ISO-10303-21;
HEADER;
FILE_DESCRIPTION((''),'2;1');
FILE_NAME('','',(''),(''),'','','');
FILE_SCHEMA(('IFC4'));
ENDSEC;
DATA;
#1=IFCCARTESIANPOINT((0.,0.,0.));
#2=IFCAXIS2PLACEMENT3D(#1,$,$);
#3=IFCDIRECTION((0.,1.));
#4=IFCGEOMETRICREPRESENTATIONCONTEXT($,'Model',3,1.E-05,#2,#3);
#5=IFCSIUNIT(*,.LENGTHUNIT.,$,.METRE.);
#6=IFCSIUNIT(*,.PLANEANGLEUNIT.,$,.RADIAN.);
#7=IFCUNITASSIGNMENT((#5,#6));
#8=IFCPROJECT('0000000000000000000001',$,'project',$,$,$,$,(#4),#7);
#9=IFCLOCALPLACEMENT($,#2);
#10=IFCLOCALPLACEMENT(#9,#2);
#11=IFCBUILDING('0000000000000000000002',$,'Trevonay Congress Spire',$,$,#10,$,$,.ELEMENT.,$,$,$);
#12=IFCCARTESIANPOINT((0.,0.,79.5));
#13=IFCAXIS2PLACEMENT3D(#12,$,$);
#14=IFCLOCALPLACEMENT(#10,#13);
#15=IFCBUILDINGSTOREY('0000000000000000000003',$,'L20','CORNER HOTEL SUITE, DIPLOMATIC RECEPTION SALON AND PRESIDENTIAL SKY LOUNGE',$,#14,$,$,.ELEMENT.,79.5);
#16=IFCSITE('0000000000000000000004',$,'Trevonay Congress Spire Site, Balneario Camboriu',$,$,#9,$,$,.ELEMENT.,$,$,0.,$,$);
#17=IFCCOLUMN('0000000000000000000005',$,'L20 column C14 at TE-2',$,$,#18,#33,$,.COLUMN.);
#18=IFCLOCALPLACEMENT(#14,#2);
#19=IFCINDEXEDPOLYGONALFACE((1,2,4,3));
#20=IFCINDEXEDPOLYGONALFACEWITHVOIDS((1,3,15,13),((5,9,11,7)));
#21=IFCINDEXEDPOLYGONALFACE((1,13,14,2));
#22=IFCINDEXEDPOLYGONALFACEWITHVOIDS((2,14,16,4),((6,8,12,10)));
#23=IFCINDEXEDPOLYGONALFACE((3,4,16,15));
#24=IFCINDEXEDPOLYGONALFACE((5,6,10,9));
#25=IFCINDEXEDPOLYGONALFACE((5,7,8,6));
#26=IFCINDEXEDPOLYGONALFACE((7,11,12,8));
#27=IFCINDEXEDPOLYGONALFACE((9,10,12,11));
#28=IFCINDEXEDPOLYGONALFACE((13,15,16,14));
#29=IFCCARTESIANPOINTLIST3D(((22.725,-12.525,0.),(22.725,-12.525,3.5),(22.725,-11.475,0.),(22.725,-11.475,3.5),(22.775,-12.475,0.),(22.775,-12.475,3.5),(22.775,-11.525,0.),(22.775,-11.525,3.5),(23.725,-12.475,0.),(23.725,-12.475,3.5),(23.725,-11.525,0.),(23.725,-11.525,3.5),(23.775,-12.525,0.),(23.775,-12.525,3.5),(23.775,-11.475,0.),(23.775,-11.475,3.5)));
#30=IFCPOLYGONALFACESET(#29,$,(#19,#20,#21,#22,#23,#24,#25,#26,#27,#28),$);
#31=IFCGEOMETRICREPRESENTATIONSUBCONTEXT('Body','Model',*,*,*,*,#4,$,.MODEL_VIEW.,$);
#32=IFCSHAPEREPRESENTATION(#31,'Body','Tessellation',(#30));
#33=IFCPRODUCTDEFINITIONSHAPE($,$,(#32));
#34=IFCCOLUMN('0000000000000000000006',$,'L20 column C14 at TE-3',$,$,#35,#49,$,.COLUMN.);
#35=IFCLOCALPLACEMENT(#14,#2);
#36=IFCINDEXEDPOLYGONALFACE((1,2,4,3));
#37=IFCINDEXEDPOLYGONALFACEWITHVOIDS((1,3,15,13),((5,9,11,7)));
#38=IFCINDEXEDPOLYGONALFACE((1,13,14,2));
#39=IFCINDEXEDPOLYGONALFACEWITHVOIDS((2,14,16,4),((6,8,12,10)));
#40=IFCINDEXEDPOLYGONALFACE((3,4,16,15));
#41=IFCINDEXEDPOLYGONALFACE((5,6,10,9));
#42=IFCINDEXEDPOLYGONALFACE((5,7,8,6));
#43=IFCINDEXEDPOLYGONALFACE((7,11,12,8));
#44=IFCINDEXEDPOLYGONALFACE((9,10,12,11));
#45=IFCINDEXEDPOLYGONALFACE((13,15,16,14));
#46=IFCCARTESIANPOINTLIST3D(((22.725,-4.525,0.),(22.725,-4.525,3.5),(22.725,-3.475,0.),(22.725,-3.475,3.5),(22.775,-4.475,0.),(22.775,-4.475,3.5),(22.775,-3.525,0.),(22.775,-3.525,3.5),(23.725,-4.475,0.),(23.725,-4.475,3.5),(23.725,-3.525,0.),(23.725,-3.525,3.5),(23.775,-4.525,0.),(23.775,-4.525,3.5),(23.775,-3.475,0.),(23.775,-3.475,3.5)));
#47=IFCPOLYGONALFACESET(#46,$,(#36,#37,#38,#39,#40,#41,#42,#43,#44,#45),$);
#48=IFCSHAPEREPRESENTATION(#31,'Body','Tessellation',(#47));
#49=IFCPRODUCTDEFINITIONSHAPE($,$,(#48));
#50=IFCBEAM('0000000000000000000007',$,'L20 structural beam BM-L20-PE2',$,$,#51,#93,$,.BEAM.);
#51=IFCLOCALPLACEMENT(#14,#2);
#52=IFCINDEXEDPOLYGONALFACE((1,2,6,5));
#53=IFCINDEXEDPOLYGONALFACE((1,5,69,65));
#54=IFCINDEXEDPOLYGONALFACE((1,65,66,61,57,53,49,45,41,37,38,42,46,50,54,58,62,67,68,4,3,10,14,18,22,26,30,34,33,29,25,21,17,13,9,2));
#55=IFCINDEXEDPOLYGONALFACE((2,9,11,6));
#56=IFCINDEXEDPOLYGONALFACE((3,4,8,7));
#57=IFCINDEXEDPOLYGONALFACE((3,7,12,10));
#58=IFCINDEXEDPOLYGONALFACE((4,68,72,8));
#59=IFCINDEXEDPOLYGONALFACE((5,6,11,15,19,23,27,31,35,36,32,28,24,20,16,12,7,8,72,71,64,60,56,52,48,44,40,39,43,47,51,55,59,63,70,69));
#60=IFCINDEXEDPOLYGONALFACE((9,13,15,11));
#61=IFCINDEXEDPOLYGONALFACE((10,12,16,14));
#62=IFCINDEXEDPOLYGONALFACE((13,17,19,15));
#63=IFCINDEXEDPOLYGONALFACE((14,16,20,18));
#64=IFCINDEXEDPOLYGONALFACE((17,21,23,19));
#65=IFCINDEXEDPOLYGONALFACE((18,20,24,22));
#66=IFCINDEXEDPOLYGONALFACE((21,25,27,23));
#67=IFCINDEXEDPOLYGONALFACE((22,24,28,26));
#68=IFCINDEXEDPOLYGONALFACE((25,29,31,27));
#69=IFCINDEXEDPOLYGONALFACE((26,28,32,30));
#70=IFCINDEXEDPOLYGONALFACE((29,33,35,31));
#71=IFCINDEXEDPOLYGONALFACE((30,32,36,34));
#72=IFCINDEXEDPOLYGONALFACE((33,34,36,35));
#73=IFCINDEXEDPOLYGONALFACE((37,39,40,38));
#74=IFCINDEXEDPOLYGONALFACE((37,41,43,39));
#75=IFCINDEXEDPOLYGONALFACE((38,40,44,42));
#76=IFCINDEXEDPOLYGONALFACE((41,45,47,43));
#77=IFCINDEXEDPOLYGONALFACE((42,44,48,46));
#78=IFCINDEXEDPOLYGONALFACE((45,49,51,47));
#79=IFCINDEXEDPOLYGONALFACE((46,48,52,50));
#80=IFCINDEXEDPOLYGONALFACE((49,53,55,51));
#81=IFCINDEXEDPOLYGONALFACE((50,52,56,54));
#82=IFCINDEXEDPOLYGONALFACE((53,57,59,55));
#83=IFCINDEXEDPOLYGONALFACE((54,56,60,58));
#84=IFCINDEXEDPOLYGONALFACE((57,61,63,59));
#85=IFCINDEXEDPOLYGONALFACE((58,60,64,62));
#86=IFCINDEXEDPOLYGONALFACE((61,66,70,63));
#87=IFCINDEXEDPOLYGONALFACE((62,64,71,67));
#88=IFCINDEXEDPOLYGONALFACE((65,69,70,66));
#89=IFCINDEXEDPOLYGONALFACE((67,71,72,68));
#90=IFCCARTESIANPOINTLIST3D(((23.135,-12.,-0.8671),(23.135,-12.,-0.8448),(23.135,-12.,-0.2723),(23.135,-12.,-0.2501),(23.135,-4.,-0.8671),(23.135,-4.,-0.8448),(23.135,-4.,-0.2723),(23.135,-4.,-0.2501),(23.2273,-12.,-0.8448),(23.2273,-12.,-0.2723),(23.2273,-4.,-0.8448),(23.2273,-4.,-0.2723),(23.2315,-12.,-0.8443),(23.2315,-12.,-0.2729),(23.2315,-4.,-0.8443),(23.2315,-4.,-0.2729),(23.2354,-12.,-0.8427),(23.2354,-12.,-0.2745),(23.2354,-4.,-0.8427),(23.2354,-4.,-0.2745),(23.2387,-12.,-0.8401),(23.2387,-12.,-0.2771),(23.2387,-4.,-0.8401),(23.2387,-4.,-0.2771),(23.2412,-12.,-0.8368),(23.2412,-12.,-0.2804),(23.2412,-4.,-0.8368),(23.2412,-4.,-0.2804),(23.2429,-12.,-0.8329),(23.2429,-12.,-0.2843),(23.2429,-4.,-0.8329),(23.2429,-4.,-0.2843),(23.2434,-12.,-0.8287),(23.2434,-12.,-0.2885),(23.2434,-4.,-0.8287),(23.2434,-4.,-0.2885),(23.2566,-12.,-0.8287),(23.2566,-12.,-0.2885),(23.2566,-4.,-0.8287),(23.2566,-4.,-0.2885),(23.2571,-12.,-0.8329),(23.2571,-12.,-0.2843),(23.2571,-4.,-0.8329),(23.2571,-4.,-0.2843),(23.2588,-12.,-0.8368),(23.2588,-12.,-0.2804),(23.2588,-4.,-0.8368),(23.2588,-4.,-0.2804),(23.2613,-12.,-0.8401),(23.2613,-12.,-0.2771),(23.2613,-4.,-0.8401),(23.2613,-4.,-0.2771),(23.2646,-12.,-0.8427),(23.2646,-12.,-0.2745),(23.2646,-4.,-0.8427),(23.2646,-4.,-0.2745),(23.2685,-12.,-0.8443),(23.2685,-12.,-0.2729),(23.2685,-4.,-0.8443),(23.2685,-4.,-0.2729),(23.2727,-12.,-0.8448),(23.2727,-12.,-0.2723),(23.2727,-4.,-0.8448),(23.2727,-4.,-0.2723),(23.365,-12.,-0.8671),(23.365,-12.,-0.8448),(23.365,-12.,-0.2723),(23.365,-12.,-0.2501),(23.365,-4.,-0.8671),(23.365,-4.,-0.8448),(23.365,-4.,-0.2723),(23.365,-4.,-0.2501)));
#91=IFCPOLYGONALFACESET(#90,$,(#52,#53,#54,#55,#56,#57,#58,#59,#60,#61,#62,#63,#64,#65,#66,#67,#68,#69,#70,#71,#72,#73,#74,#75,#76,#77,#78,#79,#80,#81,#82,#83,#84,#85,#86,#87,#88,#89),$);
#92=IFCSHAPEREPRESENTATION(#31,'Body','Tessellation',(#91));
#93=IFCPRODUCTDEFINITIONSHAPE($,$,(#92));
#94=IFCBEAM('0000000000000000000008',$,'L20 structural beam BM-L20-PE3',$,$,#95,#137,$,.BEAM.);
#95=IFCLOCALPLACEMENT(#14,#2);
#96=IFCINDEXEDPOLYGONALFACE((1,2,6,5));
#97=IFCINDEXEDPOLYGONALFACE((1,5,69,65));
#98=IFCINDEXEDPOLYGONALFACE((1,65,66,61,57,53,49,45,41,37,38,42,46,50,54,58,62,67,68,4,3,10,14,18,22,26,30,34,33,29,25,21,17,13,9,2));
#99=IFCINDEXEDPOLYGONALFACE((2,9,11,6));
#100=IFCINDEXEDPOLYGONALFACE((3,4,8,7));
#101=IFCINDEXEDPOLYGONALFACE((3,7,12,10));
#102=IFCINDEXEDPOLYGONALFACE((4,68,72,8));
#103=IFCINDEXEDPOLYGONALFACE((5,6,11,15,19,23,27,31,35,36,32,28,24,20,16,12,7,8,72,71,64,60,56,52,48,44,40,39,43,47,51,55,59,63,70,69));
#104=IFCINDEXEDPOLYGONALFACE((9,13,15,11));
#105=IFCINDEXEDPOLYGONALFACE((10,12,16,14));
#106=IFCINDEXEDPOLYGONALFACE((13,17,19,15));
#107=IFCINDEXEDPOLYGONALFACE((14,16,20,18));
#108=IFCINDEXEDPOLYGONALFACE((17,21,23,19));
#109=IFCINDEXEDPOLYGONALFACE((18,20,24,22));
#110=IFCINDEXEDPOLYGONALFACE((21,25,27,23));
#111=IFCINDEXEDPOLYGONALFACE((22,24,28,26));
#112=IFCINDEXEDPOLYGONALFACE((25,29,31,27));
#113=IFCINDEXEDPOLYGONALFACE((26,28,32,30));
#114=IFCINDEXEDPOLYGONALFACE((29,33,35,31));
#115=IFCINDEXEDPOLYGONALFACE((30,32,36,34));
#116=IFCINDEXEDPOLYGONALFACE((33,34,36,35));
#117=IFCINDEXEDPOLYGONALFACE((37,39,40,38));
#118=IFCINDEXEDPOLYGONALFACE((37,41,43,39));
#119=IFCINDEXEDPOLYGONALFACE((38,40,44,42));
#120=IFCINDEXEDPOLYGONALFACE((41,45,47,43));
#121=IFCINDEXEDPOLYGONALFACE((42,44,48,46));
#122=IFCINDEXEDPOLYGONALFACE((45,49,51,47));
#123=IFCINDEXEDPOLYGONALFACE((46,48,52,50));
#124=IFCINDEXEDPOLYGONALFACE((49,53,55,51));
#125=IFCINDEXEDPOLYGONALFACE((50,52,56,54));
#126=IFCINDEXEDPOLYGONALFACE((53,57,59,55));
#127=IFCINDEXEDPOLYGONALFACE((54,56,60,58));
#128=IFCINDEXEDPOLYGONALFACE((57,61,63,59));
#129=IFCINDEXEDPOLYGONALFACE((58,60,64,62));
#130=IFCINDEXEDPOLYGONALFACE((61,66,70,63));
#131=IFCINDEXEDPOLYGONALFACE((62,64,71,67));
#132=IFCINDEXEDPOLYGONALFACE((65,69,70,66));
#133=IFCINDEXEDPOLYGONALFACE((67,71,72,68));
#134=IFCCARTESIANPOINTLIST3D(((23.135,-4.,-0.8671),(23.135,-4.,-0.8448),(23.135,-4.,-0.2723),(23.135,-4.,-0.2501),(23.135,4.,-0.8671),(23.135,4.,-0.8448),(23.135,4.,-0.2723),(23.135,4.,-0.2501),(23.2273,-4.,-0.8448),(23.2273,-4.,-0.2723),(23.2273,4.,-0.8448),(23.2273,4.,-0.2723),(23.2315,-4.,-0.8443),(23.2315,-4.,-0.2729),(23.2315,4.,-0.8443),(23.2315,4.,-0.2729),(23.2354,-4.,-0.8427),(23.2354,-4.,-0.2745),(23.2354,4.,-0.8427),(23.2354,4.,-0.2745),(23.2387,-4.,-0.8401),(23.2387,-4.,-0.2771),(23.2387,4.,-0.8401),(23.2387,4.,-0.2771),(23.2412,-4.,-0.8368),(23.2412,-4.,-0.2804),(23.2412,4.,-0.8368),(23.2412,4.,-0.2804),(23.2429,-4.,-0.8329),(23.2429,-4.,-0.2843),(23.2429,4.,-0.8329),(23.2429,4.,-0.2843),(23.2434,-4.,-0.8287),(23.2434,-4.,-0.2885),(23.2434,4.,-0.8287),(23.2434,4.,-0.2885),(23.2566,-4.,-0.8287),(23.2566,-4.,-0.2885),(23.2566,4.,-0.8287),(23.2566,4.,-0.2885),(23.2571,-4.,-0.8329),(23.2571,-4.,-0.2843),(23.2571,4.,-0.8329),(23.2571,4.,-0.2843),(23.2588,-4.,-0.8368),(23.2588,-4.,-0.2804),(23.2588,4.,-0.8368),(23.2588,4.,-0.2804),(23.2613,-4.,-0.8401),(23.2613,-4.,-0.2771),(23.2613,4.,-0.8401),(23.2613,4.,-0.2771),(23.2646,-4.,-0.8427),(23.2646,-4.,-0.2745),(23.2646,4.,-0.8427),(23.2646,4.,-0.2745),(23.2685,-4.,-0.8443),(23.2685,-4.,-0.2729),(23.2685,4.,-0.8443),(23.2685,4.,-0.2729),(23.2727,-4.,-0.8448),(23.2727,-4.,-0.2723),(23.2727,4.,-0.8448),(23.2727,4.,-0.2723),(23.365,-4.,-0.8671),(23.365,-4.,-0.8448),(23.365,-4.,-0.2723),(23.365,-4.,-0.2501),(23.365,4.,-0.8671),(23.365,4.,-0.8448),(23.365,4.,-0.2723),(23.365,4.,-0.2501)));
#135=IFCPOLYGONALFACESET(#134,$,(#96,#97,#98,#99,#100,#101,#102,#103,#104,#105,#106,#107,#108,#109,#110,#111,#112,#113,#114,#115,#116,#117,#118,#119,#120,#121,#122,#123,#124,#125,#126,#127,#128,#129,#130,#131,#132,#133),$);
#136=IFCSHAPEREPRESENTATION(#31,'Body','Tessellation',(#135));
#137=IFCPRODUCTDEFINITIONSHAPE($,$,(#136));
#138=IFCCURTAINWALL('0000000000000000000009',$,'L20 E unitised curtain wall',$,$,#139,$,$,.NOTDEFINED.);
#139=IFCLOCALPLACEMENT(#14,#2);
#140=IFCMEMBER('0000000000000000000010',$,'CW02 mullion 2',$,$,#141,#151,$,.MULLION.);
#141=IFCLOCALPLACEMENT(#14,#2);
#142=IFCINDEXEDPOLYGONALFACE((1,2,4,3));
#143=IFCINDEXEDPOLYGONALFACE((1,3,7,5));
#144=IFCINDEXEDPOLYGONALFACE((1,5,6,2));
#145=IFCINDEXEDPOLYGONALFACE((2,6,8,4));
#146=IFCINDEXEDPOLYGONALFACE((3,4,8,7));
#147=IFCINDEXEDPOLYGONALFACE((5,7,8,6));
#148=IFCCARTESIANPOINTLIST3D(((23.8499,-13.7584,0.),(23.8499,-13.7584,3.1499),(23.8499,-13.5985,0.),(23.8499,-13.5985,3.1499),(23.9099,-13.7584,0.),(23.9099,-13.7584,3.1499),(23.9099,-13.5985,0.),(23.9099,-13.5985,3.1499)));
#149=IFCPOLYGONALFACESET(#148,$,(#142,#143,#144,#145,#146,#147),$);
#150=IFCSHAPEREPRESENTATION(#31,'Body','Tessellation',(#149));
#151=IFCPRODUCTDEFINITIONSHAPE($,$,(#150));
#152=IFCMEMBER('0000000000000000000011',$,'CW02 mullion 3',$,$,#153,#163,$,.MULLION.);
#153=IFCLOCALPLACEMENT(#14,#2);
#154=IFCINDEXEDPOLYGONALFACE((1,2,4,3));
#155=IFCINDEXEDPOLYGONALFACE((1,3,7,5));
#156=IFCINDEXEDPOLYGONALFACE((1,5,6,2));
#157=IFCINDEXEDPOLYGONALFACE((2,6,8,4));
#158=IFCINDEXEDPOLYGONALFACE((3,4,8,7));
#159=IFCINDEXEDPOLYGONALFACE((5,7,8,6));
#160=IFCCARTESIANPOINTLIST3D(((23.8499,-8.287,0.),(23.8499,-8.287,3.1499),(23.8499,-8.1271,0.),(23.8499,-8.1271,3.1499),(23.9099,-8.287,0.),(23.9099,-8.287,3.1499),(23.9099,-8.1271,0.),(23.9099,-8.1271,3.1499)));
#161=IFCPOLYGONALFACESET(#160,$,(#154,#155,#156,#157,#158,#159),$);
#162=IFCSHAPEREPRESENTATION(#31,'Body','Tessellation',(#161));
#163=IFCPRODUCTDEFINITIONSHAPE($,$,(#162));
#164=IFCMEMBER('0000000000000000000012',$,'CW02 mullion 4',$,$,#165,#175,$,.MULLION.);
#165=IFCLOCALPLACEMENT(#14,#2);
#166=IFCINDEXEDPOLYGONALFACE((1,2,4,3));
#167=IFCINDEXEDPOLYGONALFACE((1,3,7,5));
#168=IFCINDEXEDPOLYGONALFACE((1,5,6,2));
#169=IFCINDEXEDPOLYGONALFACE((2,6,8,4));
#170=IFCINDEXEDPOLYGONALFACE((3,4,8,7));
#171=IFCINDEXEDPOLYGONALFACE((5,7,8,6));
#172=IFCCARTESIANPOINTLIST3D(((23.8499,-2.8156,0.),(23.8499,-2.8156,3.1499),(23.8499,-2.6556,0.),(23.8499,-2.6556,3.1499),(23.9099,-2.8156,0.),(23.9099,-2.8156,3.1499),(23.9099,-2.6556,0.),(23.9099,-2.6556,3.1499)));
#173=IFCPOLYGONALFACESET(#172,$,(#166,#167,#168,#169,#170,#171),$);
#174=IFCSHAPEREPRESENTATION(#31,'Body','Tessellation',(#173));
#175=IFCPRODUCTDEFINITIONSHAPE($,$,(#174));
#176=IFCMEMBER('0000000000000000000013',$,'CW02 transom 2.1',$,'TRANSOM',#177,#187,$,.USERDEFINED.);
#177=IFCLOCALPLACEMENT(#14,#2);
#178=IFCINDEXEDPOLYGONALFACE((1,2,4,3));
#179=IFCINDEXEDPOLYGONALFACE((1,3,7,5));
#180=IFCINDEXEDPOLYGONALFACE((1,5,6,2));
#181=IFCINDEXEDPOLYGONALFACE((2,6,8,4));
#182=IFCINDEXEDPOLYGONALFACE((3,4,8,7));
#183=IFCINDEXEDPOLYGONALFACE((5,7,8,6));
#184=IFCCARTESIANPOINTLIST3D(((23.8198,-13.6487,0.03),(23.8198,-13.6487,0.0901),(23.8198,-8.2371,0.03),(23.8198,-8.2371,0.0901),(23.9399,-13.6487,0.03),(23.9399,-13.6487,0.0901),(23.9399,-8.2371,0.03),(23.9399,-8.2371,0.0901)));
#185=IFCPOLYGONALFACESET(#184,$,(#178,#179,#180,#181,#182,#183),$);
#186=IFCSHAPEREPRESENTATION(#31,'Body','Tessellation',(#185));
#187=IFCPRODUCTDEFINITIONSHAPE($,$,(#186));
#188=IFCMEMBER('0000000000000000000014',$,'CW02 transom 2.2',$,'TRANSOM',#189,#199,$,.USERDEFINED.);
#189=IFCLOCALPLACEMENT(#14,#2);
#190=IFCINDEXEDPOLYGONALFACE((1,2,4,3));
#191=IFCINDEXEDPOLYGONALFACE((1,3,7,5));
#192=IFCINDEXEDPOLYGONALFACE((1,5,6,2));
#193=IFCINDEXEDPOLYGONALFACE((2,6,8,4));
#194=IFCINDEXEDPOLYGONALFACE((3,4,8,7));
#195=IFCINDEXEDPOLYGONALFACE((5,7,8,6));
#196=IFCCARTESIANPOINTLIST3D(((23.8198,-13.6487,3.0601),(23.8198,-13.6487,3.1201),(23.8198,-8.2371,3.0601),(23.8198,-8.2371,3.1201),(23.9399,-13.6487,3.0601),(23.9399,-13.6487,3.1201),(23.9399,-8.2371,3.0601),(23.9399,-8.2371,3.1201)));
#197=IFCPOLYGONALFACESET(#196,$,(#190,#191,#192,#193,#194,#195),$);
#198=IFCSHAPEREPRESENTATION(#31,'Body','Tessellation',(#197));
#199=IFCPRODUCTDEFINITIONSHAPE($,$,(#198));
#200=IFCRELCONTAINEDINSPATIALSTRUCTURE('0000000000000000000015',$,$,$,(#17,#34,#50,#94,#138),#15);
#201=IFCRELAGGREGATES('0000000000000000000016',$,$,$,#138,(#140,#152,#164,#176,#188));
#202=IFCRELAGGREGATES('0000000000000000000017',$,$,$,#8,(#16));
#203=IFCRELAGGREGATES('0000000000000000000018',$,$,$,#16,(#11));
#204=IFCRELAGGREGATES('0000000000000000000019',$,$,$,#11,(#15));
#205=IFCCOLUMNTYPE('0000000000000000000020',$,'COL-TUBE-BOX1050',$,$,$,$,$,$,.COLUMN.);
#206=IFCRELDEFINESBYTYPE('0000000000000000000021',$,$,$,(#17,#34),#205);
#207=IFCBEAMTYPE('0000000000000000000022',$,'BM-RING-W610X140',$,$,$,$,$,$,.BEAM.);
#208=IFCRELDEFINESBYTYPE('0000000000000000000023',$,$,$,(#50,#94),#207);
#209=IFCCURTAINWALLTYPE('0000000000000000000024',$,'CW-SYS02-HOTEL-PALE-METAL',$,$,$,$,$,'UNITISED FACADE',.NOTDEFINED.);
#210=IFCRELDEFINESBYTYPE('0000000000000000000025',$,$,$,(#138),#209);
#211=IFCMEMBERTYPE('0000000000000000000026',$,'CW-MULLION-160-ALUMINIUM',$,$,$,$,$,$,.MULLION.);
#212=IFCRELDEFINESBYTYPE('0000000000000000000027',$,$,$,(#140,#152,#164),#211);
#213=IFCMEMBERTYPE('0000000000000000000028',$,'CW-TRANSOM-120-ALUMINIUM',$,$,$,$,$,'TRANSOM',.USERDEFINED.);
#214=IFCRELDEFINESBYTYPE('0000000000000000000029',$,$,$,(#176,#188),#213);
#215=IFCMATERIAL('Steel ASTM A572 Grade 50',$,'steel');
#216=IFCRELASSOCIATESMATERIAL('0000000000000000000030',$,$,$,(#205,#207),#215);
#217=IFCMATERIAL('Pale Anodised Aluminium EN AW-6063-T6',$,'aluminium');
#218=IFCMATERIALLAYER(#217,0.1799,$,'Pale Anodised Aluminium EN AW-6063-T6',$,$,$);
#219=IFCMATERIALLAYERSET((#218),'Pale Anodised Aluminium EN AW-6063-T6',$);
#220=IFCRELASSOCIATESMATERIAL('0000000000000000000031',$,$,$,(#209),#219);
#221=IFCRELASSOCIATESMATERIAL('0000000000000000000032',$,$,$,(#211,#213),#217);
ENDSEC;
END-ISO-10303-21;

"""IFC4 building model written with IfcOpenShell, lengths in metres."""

from ifc_helpers import new_model, si_unit, direction, frame, origin, origin_2d, place, context, subcontext, project, spatial, rectangle, hollow_rectangle, i_section, extrude, material, layer, layer_set, material_profile, profile_set, type_object, element, aggregate, save


model = new_model("IFC4")

# Units and contexts
model_context = context("Model", 3, precision=1e-05, world=origin(), true_north=direction((0.0, 1.0)))
body_context = subcontext(model_context, "Body", "Model", "MODEL_VIEW")
ifc_project = project(units=[si_unit("LENGTHUNIT", "METRE"), si_unit("PLANEANGLEUNIT", "RADIAN")], contexts=[model_context])

# Site, building, storey
site_placement = place(None, origin())
site = spatial("IfcSite", under=ifc_project, at=site_placement, Name="Trevonay Congress Spire Site, Balneario Camboriu", CompositionType="ELEMENT", RefElevation=0.0)
building_placement = place(site_placement, origin())
building = spatial("IfcBuilding", under=site, at=building_placement, Name="Trevonay Congress Spire", CompositionType="ELEMENT")
storey_placement = place(building_placement, frame((0.0, 0.0, 79.5)))
storey = spatial("IfcBuildingStorey", under=building, at=storey_placement, Name="L20", Description="CORNER HOTEL SUITE, DIPLOMATIC RECEPTION SALON AND PRESIDENTIAL SKY LOUNGE", CompositionType="ELEMENT", Elevation=79.5)

# Columns
ifc_material_1 = material(Name="Steel ASTM A572 Grade 50", Category="steel")
ifc_material_profile_1 = material_profile(ifc_material_1, hollow_rectangle(XDim=1.05, YDim=1.05, WallThickness=0.05, at=origin_2d()), Name="BOX 1050x1050x50")
ifc_profile_set_1 = profile_set([ifc_material_profile_1], Name="Steel ASTM A572 Grade 50")
column_type = type_object("IfcColumnType", Name="COL-TUBE-BOX1050", PredefinedType="COLUMN", material=ifc_profile_set_1)
for number, where, z_axis, x_axis, name in (
    (1, (23.25, -12.0, 0.0), (0.0, 0.0, 1.0), (1.0, 0.0, 0.0), "L20 column C14 at TE-2"),
    (2, (23.25, -4.0, 0.0), (0.0, 0.0, 1.0), (1.0, 0.0, 0.0), "L20 column C14 at TE-3"),
):
    element("IfcColumn", number, at=place(storey_placement, frame(where, z_axis=z_axis, x_axis=x_axis)), inside=storey, type_object=column_type, Name=name, PredefinedType="COLUMN", context=body_context, shape_type="SweptSolid", body=[
        extrude(hollow_rectangle(XDim=1.05, YDim=1.05, WallThickness=0.05, at=origin_2d()), origin(), (0.0, 0.0, 1.0), 3.5),
    ])

# Beams
ifc_material_profile_2 = material_profile(ifc_material_1, i_section(OverallWidth=0.23, OverallDepth=0.6169, WebThickness=0.0132, FlangeThickness=0.0222, FilletRadius=0.0161, at=origin_2d()), Name="W610x140")
ifc_profile_set_2 = profile_set([ifc_material_profile_2], Name="Steel ASTM A572 Grade 50")
beam_type = type_object("IfcBeamType", Name="BM-RING-W610X140", PredefinedType="BEAM", material=ifc_profile_set_2)
for number, where, z_axis, x_axis, name in (
    (3, (23.25, -12.0, -0.5586), (0.0, 1.0, 0.0), (-1.0, 0.0, 0.0), "L20 structural beam BM-L20-PE2"),
    (4, (23.25, -4.0, -0.5586), (0.0, 1.0, 0.0), (-1.0, 0.0, 0.0), "L20 structural beam BM-L20-PE3"),
):
    element("IfcBeam", number, at=place(storey_placement, frame(where, z_axis=z_axis, x_axis=x_axis)), inside=storey, type_object=beam_type, Name=name, PredefinedType="BEAM", context=body_context, shape_type="SweptSolid", body=[
        extrude(i_section(OverallWidth=0.23, OverallDepth=0.6169, WebThickness=0.0132, FlangeThickness=0.0222, FilletRadius=0.0161, at=origin_2d()), origin(), (0.0, 0.0, 1.0), 8.0),
    ])

# Curtain wall, members
ifc_material_2 = material(Name="Pale Anodised Aluminium EN AW-6063-T6", Category="aluminium")
ifc_layer_1 = layer(ifc_material_2, 0.1799, Name="Pale Anodised Aluminium EN AW-6063-T6")
ifc_layer_set_1 = layer_set([ifc_layer_1], Name="Pale Anodised Aluminium EN AW-6063-T6")
curtain_wall_type = type_object("IfcCurtainWallType", Name="CW-SYS02-HOTEL-PALE-METAL", ElementType="UNITISED FACADE", PredefinedType="NOTDEFINED", material=ifc_layer_set_1)
curtain_wall_placement = place(storey_placement, origin())
curtain_wall = element("IfcCurtainWall", 5, at=curtain_wall_placement, inside=storey, type_object=curtain_wall_type, Name="L20 E unitised curtain wall", PredefinedType="NOTDEFINED")
ifc_material_profile_3 = material_profile(ifc_material_2, rectangle(XDim=0.0601, YDim=0.1599, at=origin_2d()), Name="CW-MULLION-160-ALUMINIUM")
ifc_profile_set_3 = profile_set([ifc_material_profile_3], Name="Pale Anodised Aluminium EN AW-6063-T6")
member_type_1 = type_object("IfcMemberType", Name="CW-MULLION-160-ALUMINIUM", PredefinedType="MULLION", material=ifc_profile_set_3)
member_1_placement = place(storey_placement, frame((23.8799, -13.6785, 0.0), z_axis=(0.0, 0.0, 1.0), x_axis=(-1.0, 0.0, 0.0)))
member_1 = element("IfcMember", 6, at=member_1_placement, type_object=member_type_1, Name="CW02 mullion 2", PredefinedType="MULLION", context=body_context, shape_type="SweptSolid", body=[
    extrude(rectangle(XDim=0.0601, YDim=0.1599, at=origin_2d()), origin(), (0.0, 0.0, 1.0), 3.1499),
])
member_2_placement = place(storey_placement, frame((23.8799, -8.207, 0.0), z_axis=(0.0, 0.0, 1.0), x_axis=(-1.0, 0.0, 0.0)))
member_2 = element("IfcMember", 7, at=member_2_placement, type_object=member_type_1, Name="CW02 mullion 3", PredefinedType="MULLION", context=body_context, shape_type="SweptSolid", body=[
    extrude(rectangle(XDim=0.0601, YDim=0.1599, at=origin_2d()), origin(), (0.0, 0.0, 1.0), 3.1499),
])
member_3_placement = place(storey_placement, frame((23.8799, -2.7356, 0.0), z_axis=(0.0, 0.0, 1.0), x_axis=(-1.0, 0.0, 0.0)))
member_3 = element("IfcMember", 8, at=member_3_placement, type_object=member_type_1, Name="CW02 mullion 4", PredefinedType="MULLION", context=body_context, shape_type="SweptSolid", body=[
    extrude(rectangle(XDim=0.0601, YDim=0.1599, at=origin_2d()), origin(), (0.0, 0.0, 1.0), 3.1499),
])
ifc_material_profile_4 = material_profile(ifc_material_2, rectangle(XDim=0.1201, YDim=0.0601, at=origin_2d()), Name="CW-TRANSOM-120-ALUMINIUM")
ifc_profile_set_4 = profile_set([ifc_material_profile_4], Name="Pale Anodised Aluminium EN AW-6063-T6")
member_type_2 = type_object("IfcMemberType", Name="CW-TRANSOM-120-ALUMINIUM", ElementType="TRANSOM", PredefinedType="USERDEFINED", material=ifc_profile_set_4)
member_4_placement = place(storey_placement, frame((23.8799, -13.6487, 0.0601), z_axis=(0.0, 1.0, 0.0), x_axis=(-1.0, 0.0, 0.0)))
member_4 = element("IfcMember", 9, at=member_4_placement, type_object=member_type_2, Name="CW02 transom 2.1", ObjectType="TRANSOM", PredefinedType="USERDEFINED", context=body_context, shape_type="SweptSolid", body=[
    extrude(rectangle(XDim=0.1201, YDim=0.0601, at=origin_2d()), origin(), (0.0, 0.0, 1.0), 5.4116),
])
member_5_placement = place(storey_placement, frame((23.8799, -13.6487, 3.0901), z_axis=(0.0, 1.0, 0.0), x_axis=(-1.0, 0.0, 0.0)))
member_5 = element("IfcMember", 10, at=member_5_placement, type_object=member_type_2, Name="CW02 transom 2.2", ObjectType="TRANSOM", PredefinedType="USERDEFINED", context=body_context, shape_type="SweptSolid", body=[
    extrude(rectangle(XDim=0.1201, YDim=0.0601, at=origin_2d()), origin(), (0.0, 0.0, 1.0), 5.4116),
])
aggregate(curtain_wall, [member_1, member_2, member_3, member_4, member_5])

save(model, "model.ifc")
